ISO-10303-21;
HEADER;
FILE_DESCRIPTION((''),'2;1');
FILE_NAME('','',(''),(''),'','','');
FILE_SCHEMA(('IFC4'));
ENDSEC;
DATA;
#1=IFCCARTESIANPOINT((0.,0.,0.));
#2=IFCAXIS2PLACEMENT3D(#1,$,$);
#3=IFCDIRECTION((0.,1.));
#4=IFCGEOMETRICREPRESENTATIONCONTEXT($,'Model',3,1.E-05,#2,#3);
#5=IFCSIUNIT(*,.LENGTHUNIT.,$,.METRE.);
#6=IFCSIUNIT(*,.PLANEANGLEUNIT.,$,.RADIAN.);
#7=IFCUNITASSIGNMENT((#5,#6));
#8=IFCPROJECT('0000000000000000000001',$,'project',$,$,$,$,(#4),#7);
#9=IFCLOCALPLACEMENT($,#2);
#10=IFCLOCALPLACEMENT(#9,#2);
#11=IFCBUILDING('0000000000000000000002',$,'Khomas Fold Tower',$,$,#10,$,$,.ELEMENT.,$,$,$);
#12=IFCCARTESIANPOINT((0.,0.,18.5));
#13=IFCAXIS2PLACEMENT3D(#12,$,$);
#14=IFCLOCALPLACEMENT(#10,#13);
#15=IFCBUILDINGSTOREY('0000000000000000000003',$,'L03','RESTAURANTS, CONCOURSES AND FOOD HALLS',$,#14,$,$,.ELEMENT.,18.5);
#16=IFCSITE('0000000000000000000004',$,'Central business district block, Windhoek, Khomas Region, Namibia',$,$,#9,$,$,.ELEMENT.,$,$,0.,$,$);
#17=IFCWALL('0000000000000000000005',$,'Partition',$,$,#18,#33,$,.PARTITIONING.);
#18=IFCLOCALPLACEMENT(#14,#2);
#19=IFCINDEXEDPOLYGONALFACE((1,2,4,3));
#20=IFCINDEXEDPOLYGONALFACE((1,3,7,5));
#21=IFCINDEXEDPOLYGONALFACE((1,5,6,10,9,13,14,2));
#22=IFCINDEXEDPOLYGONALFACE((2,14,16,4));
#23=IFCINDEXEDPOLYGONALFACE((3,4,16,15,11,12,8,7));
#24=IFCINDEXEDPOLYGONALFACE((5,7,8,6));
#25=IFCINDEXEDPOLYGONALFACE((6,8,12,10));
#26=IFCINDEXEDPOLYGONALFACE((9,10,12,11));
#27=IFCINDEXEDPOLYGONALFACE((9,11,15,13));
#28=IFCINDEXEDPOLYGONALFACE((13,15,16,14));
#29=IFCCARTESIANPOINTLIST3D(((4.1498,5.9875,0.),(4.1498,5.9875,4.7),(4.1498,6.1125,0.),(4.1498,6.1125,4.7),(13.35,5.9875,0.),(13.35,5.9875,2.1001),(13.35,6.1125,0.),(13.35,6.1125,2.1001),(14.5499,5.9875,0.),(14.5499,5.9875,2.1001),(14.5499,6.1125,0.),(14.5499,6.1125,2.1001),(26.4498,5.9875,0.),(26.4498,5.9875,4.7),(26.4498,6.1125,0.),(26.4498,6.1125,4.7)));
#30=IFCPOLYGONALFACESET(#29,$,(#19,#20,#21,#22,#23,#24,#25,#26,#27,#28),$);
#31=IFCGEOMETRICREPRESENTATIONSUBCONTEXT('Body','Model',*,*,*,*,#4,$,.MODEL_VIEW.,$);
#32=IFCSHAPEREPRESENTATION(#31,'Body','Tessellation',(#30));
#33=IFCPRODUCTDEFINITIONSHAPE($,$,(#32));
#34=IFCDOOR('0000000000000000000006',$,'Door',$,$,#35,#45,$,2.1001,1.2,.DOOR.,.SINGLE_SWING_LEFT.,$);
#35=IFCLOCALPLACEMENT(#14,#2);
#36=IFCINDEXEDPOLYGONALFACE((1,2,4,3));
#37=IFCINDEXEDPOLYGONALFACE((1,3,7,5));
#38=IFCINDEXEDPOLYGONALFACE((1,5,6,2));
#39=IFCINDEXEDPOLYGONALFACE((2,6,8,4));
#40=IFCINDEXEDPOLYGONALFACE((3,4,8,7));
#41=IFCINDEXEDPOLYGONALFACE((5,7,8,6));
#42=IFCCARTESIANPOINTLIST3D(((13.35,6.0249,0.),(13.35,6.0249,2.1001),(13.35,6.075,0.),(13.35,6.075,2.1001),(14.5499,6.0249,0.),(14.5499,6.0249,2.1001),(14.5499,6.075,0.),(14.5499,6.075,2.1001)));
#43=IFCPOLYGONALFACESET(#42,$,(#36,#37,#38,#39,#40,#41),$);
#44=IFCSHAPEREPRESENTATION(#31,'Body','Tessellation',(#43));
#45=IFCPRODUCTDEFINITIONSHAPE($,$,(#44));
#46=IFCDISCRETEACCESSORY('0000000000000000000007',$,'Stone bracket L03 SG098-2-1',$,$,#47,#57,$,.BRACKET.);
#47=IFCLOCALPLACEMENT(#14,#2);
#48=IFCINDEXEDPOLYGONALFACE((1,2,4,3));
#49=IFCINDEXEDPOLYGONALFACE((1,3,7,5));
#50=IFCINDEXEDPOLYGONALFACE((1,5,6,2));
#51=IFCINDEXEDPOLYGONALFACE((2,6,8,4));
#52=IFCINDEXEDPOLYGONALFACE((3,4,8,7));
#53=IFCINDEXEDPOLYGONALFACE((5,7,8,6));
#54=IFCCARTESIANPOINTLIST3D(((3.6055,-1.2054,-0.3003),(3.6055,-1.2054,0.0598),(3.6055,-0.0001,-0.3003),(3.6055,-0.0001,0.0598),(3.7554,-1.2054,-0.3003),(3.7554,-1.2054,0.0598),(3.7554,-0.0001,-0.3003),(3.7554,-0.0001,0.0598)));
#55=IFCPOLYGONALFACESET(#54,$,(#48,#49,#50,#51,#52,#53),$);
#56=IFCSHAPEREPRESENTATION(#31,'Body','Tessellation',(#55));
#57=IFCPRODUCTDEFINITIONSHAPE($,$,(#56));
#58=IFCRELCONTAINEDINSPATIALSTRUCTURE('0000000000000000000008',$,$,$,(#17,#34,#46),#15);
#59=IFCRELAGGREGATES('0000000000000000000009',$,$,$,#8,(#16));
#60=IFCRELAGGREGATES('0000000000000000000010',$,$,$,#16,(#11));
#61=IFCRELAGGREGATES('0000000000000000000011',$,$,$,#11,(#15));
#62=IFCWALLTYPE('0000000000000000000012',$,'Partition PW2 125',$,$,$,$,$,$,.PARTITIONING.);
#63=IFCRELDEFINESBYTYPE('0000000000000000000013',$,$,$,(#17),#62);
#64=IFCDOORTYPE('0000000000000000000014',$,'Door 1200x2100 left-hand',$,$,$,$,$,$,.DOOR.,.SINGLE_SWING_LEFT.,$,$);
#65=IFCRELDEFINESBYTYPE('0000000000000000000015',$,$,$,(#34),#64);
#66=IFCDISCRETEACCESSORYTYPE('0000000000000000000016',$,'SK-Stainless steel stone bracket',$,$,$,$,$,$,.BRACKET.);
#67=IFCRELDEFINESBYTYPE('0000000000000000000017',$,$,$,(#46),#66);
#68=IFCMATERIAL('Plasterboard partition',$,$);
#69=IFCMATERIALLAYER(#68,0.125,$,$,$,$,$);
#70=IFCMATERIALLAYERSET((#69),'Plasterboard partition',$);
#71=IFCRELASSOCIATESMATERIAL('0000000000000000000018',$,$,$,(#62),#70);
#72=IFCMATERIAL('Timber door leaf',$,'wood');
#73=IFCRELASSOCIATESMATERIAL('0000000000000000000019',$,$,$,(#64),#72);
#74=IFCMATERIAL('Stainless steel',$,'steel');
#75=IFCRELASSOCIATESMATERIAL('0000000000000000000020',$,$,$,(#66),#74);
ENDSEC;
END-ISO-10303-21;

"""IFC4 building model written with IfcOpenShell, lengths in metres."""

from ifc_helpers import new_model, si_unit, direction, frame, frame_2d, origin, origin_2d, place, context, subcontext, project, spatial, rectangle, extrude, source, transform, mapped, material, layer, layer_set, type_object, element, fill, save


model = new_model("IFC4")

# Units and contexts
model_context = context("Model", 3, precision=1e-05, world=origin(), true_north=direction((0.0, 1.0)))
body_context = subcontext(model_context, "Body", "Model", "MODEL_VIEW")
ifc_project = project(units=[si_unit("LENGTHUNIT", "METRE"), si_unit("PLANEANGLEUNIT", "RADIAN")], contexts=[model_context])

# Site, building, storey
site_placement = place(None, origin())
site = spatial("IfcSite", under=ifc_project, at=site_placement, Name="Central business district block, Windhoek, Khomas Region, Namibia", CompositionType="ELEMENT", RefElevation=0.0)
building_placement = place(site_placement, origin())
building = spatial("IfcBuilding", under=site, at=building_placement, Name="Khomas Fold Tower", CompositionType="ELEMENT")
storey_placement = place(building_placement, frame((0.0, 0.0, 18.5)))
storey = spatial("IfcBuildingStorey", under=building, at=storey_placement, Name="L03", Description="RESTAURANTS, CONCOURSES AND FOOD HALLS", CompositionType="ELEMENT", Elevation=18.5)

# Wall, opening, door
ifc_material_1 = material(Name="Plasterboard partition")
ifc_layer_1 = layer(ifc_material_1, 0.125)
ifc_layer_set_1 = layer_set([ifc_layer_1], Name="Plasterboard partition")
wall_type_1 = type_object("IfcWallType", Name="Partition PW2 125", PredefinedType="PARTITIONING", material=ifc_layer_set_1)
shared_shape_1 = source(origin(), body_context, "Body", "SweptSolid", [
    extrude(rectangle(XDim=22.3, YDim=0.125, at=frame_2d((11.1499, 0.0))), origin(), (0.0, 0.0, 1.0), 4.7),
])
wall_1_placement = place(storey_placement, frame((4.1499, 6.05, 0.0), z_axis=(0.0, 0.0, 1.0), x_axis=(1.0, 0.0, 0.0)))
wall_1 = element("IfcWall", 1, at=wall_1_placement, inside=storey, type_object=wall_type_1, Name="Partition", PredefinedType="PARTITIONING", context=body_context, shape_type="MappedRepresentation", body=[
    mapped(shared_shape_1, transform((0.0, 0.0, 0.0))),
])
shared_shape_2 = source(origin(), body_context, "Body", "SweptSolid", [
    extrude(rectangle(XDim=1.2, YDim=2.1001, at=frame_2d((0.6001, 1.05))), frame((0.0, 0.0725, 0.0), z_axis=(0.0, -1.0, 0.0), x_axis=(1.0, 0.0, 0.0)), (0.0, 0.0, 1.0), 0.145),
])
opening_placement = place(wall_1_placement, frame((9.2, 0.0, 0.0)))
opening = element("IfcOpeningElement", 2, at=opening_placement, cuts=wall_1, PredefinedType="OPENING", context=body_context, shape_type="MappedRepresentation", body=[
    mapped(shared_shape_2, transform((0.0, 0.0, 0.0))),
])
ifc_material_2 = material(Name="Timber door leaf", Category="wood")
door_type = type_object("IfcDoorType", Name="Door 1200x2100 left-hand", OperationType="SINGLE_SWING_LEFT", PredefinedType="DOOR", material=ifc_material_2)
shared_shape_3 = source(origin(), body_context, "Body", "SweptSolid", [
    extrude(rectangle(XDim=1.2, YDim=2.1001, at=frame_2d((0.6001, 1.05))), frame((0.0, 0.0249, 0.0), z_axis=(0.0, -1.0, 0.0), x_axis=(1.0, 0.0, 0.0)), (0.0, 0.0, 1.0), 0.05),
])
door_placement = place(opening_placement, origin())
door = element("IfcDoor", 3, at=door_placement, inside=storey, type_object=door_type, Name="Door", OperationType="SINGLE_SWING_LEFT", OverallHeight=2.1001, OverallWidth=1.2, PredefinedType="DOOR", context=body_context, shape_type="MappedRepresentation", body=[
    mapped(shared_shape_3, transform((0.0, 0.0, 0.0))),
])
fill(opening, door)

# Discrete accessory
ifc_material_3 = material(Name="Stainless steel", Category="steel")
discrete_accessory_type = type_object("IfcDiscreteAccessoryType", Name="SK-Stainless steel stone bracket", PredefinedType="BRACKET", material=ifc_material_3)
shared_shape_4 = source(origin(), body_context, "Body", "SweptSolid", [
    extrude(rectangle(XDim=1.2053, YDim=0.1499, at=origin_2d()), origin(), (0.0, 0.0, 1.0), 0.3601),
])
discrete_accessory_placement = place(storey_placement, frame((3.6804, -0.6028, -0.3003), z_axis=(0.0, 0.0, 1.0), x_axis=(0.0, -1.0, 0.0)))
element("IfcDiscreteAccessory", 4, at=discrete_accessory_placement, inside=storey, type_object=discrete_accessory_type, Name="Stone bracket L03 SG098-2-1", PredefinedType="BRACKET", context=body_context, shape_type="MappedRepresentation", body=[
    mapped(shared_shape_4, transform((0.0, 0.0, 0.0))),
])

save(model, "model.ifc")
